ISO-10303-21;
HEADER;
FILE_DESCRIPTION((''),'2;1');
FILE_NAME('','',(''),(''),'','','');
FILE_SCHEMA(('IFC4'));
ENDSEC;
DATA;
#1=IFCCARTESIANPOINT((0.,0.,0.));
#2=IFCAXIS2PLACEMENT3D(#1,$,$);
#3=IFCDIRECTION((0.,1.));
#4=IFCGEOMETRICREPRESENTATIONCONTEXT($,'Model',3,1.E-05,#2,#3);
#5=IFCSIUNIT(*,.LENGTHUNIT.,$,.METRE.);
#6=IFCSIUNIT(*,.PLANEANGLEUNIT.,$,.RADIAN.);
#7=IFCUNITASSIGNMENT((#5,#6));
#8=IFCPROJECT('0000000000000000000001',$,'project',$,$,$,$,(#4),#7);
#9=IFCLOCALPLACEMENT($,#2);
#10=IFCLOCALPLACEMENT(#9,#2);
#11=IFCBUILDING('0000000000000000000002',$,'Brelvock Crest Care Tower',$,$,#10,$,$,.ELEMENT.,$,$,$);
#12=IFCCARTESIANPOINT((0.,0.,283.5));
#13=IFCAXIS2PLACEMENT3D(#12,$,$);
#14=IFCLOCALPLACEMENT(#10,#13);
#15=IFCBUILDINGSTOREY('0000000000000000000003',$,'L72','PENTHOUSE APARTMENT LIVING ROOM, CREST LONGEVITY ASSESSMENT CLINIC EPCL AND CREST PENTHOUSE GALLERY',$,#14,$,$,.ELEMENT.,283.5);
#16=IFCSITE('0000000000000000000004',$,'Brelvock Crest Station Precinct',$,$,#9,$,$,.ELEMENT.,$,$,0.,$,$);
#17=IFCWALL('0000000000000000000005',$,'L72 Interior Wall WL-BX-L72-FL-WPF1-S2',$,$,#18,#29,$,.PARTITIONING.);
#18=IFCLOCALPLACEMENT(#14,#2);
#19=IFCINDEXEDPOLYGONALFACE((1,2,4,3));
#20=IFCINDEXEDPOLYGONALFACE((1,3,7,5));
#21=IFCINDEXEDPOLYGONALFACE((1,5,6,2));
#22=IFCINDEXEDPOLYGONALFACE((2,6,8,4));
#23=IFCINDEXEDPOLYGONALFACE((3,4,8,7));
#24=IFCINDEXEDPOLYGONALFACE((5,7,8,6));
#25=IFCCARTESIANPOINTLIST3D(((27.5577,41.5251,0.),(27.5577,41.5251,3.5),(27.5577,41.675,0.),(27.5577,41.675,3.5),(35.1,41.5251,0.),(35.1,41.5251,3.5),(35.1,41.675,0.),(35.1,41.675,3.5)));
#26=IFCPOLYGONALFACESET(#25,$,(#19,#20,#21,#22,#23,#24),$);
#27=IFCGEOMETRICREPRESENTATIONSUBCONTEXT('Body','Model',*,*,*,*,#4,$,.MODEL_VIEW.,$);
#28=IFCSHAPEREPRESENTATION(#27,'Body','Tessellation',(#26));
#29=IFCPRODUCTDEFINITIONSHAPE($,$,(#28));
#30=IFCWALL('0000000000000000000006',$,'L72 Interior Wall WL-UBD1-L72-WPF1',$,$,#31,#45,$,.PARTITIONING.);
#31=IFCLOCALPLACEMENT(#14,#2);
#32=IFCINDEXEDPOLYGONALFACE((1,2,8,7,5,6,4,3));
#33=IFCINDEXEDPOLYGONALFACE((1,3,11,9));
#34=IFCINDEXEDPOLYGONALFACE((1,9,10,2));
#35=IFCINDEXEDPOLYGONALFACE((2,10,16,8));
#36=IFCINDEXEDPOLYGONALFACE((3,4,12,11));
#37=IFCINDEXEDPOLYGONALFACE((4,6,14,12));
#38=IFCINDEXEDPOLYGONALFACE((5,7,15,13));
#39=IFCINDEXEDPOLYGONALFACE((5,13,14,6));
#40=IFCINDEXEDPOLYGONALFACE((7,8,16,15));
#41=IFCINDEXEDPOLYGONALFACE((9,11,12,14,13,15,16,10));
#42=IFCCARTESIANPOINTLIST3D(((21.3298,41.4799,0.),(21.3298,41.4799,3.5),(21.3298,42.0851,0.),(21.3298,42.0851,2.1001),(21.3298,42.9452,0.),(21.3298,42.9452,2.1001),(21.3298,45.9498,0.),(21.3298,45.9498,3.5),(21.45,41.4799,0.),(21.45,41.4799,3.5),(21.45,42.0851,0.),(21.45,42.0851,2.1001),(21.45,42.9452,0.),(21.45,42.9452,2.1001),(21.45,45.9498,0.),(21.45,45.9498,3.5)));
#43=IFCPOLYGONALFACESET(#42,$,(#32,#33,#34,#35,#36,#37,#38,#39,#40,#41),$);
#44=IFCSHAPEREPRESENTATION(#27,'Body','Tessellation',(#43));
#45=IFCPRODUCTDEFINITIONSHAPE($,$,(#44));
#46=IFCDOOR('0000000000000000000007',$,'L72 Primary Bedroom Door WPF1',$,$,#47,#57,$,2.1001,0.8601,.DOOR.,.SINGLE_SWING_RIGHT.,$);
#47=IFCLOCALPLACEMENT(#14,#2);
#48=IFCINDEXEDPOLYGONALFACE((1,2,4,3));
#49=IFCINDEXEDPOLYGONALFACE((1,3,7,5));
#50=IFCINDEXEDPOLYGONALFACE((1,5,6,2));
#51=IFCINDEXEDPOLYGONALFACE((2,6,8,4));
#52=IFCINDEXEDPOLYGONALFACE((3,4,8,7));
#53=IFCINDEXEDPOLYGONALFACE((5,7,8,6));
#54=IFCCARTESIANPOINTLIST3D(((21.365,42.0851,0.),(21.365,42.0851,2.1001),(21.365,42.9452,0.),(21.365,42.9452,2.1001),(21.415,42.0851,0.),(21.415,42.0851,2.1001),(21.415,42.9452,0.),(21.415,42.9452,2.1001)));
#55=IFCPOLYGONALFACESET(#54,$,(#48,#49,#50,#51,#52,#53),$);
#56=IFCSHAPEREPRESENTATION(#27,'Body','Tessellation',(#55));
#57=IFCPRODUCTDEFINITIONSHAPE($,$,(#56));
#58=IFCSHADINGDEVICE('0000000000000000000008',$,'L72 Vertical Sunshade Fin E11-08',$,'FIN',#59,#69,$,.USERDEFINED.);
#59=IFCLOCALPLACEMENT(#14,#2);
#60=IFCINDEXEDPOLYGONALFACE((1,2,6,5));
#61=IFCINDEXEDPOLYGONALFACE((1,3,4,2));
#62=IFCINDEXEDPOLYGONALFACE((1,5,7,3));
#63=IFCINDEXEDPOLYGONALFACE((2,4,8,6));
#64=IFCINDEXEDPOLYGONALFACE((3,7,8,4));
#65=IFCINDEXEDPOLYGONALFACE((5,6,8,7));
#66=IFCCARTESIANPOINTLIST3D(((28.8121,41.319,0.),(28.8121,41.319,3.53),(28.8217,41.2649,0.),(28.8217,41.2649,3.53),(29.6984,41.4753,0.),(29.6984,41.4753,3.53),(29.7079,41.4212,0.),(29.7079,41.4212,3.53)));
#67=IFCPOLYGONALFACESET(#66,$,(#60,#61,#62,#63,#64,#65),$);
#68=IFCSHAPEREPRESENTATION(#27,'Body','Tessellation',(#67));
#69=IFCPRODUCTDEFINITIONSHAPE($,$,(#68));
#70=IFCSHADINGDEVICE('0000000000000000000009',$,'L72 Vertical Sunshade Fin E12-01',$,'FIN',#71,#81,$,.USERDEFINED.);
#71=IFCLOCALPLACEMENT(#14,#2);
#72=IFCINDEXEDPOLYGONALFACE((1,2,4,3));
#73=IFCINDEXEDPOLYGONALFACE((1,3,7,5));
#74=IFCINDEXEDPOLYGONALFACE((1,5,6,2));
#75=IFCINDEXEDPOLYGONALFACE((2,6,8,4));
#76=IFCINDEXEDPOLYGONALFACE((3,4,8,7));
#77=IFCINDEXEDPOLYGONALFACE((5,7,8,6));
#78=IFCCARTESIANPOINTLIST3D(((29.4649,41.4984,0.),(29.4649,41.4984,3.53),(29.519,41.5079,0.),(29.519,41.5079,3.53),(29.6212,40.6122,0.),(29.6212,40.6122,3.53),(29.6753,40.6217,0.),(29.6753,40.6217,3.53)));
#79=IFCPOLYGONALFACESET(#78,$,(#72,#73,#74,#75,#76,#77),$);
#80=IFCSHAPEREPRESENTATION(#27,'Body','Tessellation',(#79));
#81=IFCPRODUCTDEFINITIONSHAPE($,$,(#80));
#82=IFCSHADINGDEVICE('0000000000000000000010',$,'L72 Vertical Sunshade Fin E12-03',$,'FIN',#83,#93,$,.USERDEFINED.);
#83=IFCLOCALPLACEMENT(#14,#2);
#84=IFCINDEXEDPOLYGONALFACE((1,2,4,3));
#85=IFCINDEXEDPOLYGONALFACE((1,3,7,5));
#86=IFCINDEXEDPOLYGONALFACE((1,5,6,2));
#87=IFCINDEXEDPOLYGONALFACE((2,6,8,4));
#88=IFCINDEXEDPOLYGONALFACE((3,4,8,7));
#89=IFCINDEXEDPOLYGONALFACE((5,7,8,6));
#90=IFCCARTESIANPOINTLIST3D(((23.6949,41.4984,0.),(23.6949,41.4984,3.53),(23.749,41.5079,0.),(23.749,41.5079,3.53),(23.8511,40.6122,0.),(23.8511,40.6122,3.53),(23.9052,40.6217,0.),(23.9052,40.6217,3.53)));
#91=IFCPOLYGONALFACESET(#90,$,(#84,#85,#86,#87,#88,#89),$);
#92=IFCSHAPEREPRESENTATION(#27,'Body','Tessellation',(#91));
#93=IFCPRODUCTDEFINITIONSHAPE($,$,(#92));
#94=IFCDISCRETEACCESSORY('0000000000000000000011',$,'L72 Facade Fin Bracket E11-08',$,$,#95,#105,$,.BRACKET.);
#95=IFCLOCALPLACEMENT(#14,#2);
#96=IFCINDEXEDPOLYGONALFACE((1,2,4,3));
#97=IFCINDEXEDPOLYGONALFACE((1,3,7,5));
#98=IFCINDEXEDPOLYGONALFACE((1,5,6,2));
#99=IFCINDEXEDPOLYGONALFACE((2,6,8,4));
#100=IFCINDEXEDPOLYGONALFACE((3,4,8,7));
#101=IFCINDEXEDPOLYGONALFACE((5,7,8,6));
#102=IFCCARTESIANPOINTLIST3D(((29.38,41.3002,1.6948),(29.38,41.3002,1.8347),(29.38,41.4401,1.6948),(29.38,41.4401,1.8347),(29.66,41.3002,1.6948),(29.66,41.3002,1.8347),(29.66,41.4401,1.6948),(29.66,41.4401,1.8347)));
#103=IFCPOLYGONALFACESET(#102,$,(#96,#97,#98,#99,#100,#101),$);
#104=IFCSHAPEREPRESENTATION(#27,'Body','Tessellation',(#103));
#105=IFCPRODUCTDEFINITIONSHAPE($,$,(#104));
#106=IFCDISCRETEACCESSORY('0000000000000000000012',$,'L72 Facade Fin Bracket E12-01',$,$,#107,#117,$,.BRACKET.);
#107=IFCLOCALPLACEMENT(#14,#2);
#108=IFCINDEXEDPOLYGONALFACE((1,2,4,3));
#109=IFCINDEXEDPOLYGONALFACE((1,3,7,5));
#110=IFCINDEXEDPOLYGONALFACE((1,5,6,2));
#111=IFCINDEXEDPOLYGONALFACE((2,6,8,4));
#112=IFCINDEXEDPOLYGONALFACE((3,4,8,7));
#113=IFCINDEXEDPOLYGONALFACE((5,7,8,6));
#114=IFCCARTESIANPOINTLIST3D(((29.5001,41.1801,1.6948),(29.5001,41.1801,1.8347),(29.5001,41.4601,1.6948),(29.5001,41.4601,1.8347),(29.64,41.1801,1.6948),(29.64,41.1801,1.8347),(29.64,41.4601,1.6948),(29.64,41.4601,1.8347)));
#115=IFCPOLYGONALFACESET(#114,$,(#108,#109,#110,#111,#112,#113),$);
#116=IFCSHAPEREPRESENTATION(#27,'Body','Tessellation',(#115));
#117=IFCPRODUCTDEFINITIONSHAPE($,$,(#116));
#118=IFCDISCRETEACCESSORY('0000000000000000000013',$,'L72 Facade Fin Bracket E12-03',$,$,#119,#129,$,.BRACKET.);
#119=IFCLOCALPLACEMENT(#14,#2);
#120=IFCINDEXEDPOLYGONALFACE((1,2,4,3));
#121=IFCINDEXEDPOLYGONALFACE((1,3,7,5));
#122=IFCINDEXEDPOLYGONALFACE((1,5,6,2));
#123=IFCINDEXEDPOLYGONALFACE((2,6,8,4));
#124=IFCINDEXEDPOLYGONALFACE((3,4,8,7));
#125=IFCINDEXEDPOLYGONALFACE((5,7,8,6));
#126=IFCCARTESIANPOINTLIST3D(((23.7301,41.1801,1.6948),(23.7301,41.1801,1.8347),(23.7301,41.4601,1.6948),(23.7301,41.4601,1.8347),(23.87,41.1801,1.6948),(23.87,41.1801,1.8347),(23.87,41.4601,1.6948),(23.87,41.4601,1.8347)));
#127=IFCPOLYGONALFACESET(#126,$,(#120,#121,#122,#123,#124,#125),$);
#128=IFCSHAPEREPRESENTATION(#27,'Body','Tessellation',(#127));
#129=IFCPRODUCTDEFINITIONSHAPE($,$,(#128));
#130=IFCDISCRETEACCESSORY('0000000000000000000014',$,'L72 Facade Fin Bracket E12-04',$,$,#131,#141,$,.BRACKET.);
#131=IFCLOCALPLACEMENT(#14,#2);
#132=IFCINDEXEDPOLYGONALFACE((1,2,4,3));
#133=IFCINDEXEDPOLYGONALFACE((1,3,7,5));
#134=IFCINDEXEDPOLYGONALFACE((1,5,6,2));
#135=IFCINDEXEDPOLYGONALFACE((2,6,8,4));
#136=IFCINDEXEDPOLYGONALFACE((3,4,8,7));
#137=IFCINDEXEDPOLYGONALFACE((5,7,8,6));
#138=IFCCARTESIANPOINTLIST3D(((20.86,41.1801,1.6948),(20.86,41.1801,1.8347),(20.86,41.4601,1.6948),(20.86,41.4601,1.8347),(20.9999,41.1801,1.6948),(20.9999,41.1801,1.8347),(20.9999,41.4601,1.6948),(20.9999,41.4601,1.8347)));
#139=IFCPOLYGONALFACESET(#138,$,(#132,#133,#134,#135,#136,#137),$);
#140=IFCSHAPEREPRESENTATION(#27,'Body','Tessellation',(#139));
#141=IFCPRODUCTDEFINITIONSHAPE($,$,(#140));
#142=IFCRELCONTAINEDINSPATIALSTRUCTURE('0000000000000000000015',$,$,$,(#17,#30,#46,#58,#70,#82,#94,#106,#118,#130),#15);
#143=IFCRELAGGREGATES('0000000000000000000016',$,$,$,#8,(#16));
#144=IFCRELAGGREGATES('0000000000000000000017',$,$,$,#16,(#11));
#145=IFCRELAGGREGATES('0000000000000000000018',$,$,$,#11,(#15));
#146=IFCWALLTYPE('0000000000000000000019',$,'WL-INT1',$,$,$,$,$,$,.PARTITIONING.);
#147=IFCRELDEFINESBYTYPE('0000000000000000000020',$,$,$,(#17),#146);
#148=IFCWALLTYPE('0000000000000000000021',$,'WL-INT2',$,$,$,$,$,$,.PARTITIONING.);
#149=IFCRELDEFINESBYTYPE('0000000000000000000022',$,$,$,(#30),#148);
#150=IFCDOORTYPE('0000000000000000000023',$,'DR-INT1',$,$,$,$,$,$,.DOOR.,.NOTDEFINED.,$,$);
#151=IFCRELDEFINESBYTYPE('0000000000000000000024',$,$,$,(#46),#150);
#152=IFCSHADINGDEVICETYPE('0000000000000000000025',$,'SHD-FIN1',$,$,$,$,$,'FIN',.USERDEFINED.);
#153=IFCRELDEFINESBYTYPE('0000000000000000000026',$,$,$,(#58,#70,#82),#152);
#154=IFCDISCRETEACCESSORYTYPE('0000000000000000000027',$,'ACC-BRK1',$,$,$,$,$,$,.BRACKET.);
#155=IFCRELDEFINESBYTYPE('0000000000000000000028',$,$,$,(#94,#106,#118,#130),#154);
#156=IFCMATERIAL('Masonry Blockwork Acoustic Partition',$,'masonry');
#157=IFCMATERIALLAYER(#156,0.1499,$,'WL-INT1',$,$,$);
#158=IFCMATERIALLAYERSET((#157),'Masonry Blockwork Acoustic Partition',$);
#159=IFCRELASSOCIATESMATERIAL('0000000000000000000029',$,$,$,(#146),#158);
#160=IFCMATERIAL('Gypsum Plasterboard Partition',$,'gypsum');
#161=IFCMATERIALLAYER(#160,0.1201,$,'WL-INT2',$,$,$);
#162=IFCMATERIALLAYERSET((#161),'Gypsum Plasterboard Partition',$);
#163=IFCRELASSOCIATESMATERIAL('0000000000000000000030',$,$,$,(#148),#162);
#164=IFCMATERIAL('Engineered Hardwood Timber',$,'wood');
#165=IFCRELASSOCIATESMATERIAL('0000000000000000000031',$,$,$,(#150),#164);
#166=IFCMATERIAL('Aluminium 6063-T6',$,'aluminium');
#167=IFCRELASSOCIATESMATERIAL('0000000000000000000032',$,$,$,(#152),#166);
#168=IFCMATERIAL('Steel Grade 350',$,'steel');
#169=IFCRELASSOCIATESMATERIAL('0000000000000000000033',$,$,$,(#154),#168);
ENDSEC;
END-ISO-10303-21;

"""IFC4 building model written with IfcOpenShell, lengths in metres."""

from ifc_helpers import new_model, si_unit, direction, frame, frame_2d, origin, origin_2d, place, context, subcontext, project, spatial, rectangle, extrude, source, transform, mapped, material, layer, layer_set, material_profile, profile_set, type_object, element, fill, save


model = new_model("IFC4")

# Units and contexts
model_context = context("Model", 3, precision=1e-05, world=origin(), true_north=direction((0.0, 1.0)))
body_context = subcontext(model_context, "Body", "Model", "MODEL_VIEW")
ifc_project = project(units=[si_unit("LENGTHUNIT", "METRE"), si_unit("PLANEANGLEUNIT", "RADIAN")], contexts=[model_context])

# Site, building, storey
site_placement = place(None, origin())
site = spatial("IfcSite", under=ifc_project, at=site_placement, Name="Brelvock Crest Station Precinct", CompositionType="ELEMENT", RefElevation=0.0)
building_placement = place(site_placement, origin())
building = spatial("IfcBuilding", under=site, at=building_placement, Name="Brelvock Crest Care Tower", CompositionType="ELEMENT")
storey_placement = place(building_placement, frame((0.0, 0.0, 283.5)))
storey = spatial("IfcBuildingStorey", under=building, at=storey_placement, Name="L72", Description="PENTHOUSE APARTMENT LIVING ROOM, CREST LONGEVITY ASSESSMENT CLINIC EPCL AND CREST PENTHOUSE GALLERY", CompositionType="ELEMENT", Elevation=283.5)

# Shared definitions
ifc_material_1 = material(Name="Steel Grade 350", Category="steel")

# Shared definitions
ifc_material_2 = material(Name="Aluminium 6063-T6", Category="aluminium")

# Wall
ifc_material_3 = material(Name="Masonry Blockwork Acoustic Partition", Category="masonry")
ifc_layer_1 = layer(ifc_material_3, 0.1499, Name="WL-INT1")
ifc_layer_set_1 = layer_set([ifc_layer_1], Name="Masonry Blockwork Acoustic Partition")
wall_type_1 = type_object("IfcWallType", Name="WL-INT1", PredefinedType="PARTITIONING", material=ifc_layer_set_1)
wall_1_placement = place(storey_placement, frame((27.5579, 41.6001, 0.0), z_axis=(0.0, 0.0, 1.0), x_axis=(1.0, 0.0, 0.0)))
element("IfcWall", 1, at=wall_1_placement, inside=storey, type_object=wall_type_1, Name="L72 Interior Wall WL-BX-L72-FL-WPF1-S2", PredefinedType="PARTITIONING", context=body_context, shape_type="SweptSolid", body=[
    extrude(rectangle(XDim=7.5422, YDim=0.1499, at=frame_2d((3.771, 0.0))), origin(), (0.0, 0.0, 1.0), 3.5),
])

# Wall, opening, door
ifc_material_4 = material(Name="Gypsum Plasterboard Partition", Category="gypsum")
ifc_layer_2 = layer(ifc_material_4, 0.1201, Name="WL-INT2")
ifc_layer_set_2 = layer_set([ifc_layer_2], Name="Gypsum Plasterboard Partition")
wall_type_2 = type_object("IfcWallType", Name="WL-INT2", PredefinedType="PARTITIONING", material=ifc_layer_set_2)
wall_2_placement = place(storey_placement, frame((21.3899, 41.48, 0.0), z_axis=(0.0, 0.0, 1.0), x_axis=(0.0, 1.0, 0.0)))
wall_2 = element("IfcWall", 2, at=wall_2_placement, inside=storey, type_object=wall_type_2, Name="L72 Interior Wall WL-UBD1-L72-WPF1", PredefinedType="PARTITIONING", context=body_context, shape_type="SweptSolid", body=[
    extrude(rectangle(XDim=4.47, YDim=0.1201, at=frame_2d((2.2349, 0.0))), origin(), (0.0, 0.0, 1.0), 3.5),
])
opening_placement = place(wall_2_placement, frame((0.605, 0.0, 0.0)))
opening = element("IfcOpeningElement", 3, at=opening_placement, cuts=wall_2, PredefinedType="OPENING", context=body_context, shape_type="SweptSolid", body=[
    extrude(rectangle(XDim=0.8601, YDim=2.1001, at=origin_2d()), frame((0.4302, 0.0701, 1.05), z_axis=(0.0, -1.0, 0.0), x_axis=(1.0, 0.0, 0.0)), (0.0, 0.0, 1.0), 0.1401),
])
ifc_material_5 = material(Name="Engineered Hardwood Timber", Category="wood")
door_type = type_object("IfcDoorType", Name="DR-INT1", OperationType="NOTDEFINED", PredefinedType="DOOR", material=ifc_material_5)
shared_shape_1 = source(origin(), body_context, "Body", "SweptSolid", [
    extrude(rectangle(XDim=0.8601, YDim=2.1001, at=origin_2d()), frame((0.4302, 0.0249, 1.05), z_axis=(0.0, -1.0, 0.0), x_axis=(1.0, 0.0, 0.0)), (0.0, 0.0, 1.0), 0.05),
])
door_placement = place(opening_placement, origin())
door = element("IfcDoor", 4, at=door_placement, inside=storey, type_object=door_type, Name="L72 Primary Bedroom Door WPF1", OperationType="SINGLE_SWING_RIGHT", OverallHeight=2.1001, OverallWidth=0.8601, PredefinedType="DOOR", context=body_context, shape_type="MappedRepresentation", body=[
    mapped(shared_shape_1, transform((0.0, 0.0, 0.0), x_axis=(1.0, 0.0, 0.0), y_axis=(0.0, 1.0, 0.0), z_axis=(0.0, 0.0, 1.0), scale=1.0)),
])
fill(opening, door)

# Shading devices
ifc_material_profile_1 = material_profile(ifc_material_2, rectangle(XDim=0.0549, YDim=0.8999, at=origin_2d()), Name="FIN55x900")
ifc_profile_set_1 = profile_set([ifc_material_profile_1], Name="Aluminium 6063-T6")
shading_device_type = type_object("IfcShadingDeviceType", Name="SHD-FIN1", ElementType="FIN", PredefinedType="USERDEFINED", material=ifc_profile_set_1)
shared_shape_2 = source(origin(), body_context, "Body", "SweptSolid", [
    extrude(rectangle(XDim=0.0549, YDim=0.8999, at=origin_2d()), origin(), (0.0, 0.0, 1.0), 3.53),
])
for number, where, z_axis, x_axis, name in (
    (5, (29.26, 41.3701, 0.0), (0.0, 0.0, 1.0), (-0.173648, 0.984808, 0.0), "L72 Vertical Sunshade Fin E11-08"),
    (6, (29.5701, 41.0601, 0.0), (0.0, 0.0, 1.0), (-0.984808, -0.173648, 0.0), "L72 Vertical Sunshade Fin E12-01"),
    (7, (23.8, 41.0601, 0.0), (0.0, 0.0, 1.0), (-0.984808, -0.173648, 0.0), "L72 Vertical Sunshade Fin E12-03"),
):
    element("IfcShadingDevice", number, at=place(storey_placement, frame(where, z_axis=z_axis, x_axis=x_axis)), inside=storey, type_object=shading_device_type, Name=name, ObjectType="FIN", PredefinedType="USERDEFINED", context=body_context, shape_type="MappedRepresentation", body=[
        mapped(shared_shape_2, transform((0.0, 0.0, 0.0), x_axis=(1.0, 0.0, 0.0), y_axis=(0.0, 1.0, 0.0), z_axis=(0.0, 0.0, 1.0), scale=1.0)),
    ])

# Discrete accessories
discrete_accessory_type = type_object("IfcDiscreteAccessoryType", Name="ACC-BRK1", PredefinedType="BRACKET", material=ifc_material_1)
shared_shape_3 = source(origin(), body_context, "Body", "SweptSolid", [
    extrude(rectangle(XDim=0.28, YDim=0.1399, at=origin_2d()), origin(), (0.0, 0.0, 1.0), 0.1399),
])
for number, where, z_axis, x_axis, name in (
    (8, (29.52, 41.3701, 1.6948), (0.0, 0.0, 1.0), (-1.0, 0.0, 0.0), "L72 Facade Fin Bracket E11-08"),
    (9, (29.5701, 41.3201, 1.6948), (0.0, 0.0, 1.0), (0.0, -1.0, 0.0), "L72 Facade Fin Bracket E12-01"),
    (10, (23.8, 41.3201, 1.6948), (0.0, 0.0, 1.0), (0.0, -1.0, 0.0), "L72 Facade Fin Bracket E12-03"),
    (11, (20.9299, 41.3201, 1.6948), (0.0, 0.0, 1.0), (0.0, -1.0, 0.0), "L72 Facade Fin Bracket E12-04"),
):
    element("IfcDiscreteAccessory", number, at=place(storey_placement, frame(where, z_axis=z_axis, x_axis=x_axis)), inside=storey, type_object=discrete_accessory_type, Name=name, PredefinedType="BRACKET", context=body_context, shape_type="MappedRepresentation", body=[
        mapped(shared_shape_3, transform((0.0, 0.0, 0.0), x_axis=(1.0, 0.0, 0.0), y_axis=(0.0, 1.0, 0.0), z_axis=(0.0, 0.0, 1.0), scale=1.0)),
    ])

save(model, "model.ifc")
